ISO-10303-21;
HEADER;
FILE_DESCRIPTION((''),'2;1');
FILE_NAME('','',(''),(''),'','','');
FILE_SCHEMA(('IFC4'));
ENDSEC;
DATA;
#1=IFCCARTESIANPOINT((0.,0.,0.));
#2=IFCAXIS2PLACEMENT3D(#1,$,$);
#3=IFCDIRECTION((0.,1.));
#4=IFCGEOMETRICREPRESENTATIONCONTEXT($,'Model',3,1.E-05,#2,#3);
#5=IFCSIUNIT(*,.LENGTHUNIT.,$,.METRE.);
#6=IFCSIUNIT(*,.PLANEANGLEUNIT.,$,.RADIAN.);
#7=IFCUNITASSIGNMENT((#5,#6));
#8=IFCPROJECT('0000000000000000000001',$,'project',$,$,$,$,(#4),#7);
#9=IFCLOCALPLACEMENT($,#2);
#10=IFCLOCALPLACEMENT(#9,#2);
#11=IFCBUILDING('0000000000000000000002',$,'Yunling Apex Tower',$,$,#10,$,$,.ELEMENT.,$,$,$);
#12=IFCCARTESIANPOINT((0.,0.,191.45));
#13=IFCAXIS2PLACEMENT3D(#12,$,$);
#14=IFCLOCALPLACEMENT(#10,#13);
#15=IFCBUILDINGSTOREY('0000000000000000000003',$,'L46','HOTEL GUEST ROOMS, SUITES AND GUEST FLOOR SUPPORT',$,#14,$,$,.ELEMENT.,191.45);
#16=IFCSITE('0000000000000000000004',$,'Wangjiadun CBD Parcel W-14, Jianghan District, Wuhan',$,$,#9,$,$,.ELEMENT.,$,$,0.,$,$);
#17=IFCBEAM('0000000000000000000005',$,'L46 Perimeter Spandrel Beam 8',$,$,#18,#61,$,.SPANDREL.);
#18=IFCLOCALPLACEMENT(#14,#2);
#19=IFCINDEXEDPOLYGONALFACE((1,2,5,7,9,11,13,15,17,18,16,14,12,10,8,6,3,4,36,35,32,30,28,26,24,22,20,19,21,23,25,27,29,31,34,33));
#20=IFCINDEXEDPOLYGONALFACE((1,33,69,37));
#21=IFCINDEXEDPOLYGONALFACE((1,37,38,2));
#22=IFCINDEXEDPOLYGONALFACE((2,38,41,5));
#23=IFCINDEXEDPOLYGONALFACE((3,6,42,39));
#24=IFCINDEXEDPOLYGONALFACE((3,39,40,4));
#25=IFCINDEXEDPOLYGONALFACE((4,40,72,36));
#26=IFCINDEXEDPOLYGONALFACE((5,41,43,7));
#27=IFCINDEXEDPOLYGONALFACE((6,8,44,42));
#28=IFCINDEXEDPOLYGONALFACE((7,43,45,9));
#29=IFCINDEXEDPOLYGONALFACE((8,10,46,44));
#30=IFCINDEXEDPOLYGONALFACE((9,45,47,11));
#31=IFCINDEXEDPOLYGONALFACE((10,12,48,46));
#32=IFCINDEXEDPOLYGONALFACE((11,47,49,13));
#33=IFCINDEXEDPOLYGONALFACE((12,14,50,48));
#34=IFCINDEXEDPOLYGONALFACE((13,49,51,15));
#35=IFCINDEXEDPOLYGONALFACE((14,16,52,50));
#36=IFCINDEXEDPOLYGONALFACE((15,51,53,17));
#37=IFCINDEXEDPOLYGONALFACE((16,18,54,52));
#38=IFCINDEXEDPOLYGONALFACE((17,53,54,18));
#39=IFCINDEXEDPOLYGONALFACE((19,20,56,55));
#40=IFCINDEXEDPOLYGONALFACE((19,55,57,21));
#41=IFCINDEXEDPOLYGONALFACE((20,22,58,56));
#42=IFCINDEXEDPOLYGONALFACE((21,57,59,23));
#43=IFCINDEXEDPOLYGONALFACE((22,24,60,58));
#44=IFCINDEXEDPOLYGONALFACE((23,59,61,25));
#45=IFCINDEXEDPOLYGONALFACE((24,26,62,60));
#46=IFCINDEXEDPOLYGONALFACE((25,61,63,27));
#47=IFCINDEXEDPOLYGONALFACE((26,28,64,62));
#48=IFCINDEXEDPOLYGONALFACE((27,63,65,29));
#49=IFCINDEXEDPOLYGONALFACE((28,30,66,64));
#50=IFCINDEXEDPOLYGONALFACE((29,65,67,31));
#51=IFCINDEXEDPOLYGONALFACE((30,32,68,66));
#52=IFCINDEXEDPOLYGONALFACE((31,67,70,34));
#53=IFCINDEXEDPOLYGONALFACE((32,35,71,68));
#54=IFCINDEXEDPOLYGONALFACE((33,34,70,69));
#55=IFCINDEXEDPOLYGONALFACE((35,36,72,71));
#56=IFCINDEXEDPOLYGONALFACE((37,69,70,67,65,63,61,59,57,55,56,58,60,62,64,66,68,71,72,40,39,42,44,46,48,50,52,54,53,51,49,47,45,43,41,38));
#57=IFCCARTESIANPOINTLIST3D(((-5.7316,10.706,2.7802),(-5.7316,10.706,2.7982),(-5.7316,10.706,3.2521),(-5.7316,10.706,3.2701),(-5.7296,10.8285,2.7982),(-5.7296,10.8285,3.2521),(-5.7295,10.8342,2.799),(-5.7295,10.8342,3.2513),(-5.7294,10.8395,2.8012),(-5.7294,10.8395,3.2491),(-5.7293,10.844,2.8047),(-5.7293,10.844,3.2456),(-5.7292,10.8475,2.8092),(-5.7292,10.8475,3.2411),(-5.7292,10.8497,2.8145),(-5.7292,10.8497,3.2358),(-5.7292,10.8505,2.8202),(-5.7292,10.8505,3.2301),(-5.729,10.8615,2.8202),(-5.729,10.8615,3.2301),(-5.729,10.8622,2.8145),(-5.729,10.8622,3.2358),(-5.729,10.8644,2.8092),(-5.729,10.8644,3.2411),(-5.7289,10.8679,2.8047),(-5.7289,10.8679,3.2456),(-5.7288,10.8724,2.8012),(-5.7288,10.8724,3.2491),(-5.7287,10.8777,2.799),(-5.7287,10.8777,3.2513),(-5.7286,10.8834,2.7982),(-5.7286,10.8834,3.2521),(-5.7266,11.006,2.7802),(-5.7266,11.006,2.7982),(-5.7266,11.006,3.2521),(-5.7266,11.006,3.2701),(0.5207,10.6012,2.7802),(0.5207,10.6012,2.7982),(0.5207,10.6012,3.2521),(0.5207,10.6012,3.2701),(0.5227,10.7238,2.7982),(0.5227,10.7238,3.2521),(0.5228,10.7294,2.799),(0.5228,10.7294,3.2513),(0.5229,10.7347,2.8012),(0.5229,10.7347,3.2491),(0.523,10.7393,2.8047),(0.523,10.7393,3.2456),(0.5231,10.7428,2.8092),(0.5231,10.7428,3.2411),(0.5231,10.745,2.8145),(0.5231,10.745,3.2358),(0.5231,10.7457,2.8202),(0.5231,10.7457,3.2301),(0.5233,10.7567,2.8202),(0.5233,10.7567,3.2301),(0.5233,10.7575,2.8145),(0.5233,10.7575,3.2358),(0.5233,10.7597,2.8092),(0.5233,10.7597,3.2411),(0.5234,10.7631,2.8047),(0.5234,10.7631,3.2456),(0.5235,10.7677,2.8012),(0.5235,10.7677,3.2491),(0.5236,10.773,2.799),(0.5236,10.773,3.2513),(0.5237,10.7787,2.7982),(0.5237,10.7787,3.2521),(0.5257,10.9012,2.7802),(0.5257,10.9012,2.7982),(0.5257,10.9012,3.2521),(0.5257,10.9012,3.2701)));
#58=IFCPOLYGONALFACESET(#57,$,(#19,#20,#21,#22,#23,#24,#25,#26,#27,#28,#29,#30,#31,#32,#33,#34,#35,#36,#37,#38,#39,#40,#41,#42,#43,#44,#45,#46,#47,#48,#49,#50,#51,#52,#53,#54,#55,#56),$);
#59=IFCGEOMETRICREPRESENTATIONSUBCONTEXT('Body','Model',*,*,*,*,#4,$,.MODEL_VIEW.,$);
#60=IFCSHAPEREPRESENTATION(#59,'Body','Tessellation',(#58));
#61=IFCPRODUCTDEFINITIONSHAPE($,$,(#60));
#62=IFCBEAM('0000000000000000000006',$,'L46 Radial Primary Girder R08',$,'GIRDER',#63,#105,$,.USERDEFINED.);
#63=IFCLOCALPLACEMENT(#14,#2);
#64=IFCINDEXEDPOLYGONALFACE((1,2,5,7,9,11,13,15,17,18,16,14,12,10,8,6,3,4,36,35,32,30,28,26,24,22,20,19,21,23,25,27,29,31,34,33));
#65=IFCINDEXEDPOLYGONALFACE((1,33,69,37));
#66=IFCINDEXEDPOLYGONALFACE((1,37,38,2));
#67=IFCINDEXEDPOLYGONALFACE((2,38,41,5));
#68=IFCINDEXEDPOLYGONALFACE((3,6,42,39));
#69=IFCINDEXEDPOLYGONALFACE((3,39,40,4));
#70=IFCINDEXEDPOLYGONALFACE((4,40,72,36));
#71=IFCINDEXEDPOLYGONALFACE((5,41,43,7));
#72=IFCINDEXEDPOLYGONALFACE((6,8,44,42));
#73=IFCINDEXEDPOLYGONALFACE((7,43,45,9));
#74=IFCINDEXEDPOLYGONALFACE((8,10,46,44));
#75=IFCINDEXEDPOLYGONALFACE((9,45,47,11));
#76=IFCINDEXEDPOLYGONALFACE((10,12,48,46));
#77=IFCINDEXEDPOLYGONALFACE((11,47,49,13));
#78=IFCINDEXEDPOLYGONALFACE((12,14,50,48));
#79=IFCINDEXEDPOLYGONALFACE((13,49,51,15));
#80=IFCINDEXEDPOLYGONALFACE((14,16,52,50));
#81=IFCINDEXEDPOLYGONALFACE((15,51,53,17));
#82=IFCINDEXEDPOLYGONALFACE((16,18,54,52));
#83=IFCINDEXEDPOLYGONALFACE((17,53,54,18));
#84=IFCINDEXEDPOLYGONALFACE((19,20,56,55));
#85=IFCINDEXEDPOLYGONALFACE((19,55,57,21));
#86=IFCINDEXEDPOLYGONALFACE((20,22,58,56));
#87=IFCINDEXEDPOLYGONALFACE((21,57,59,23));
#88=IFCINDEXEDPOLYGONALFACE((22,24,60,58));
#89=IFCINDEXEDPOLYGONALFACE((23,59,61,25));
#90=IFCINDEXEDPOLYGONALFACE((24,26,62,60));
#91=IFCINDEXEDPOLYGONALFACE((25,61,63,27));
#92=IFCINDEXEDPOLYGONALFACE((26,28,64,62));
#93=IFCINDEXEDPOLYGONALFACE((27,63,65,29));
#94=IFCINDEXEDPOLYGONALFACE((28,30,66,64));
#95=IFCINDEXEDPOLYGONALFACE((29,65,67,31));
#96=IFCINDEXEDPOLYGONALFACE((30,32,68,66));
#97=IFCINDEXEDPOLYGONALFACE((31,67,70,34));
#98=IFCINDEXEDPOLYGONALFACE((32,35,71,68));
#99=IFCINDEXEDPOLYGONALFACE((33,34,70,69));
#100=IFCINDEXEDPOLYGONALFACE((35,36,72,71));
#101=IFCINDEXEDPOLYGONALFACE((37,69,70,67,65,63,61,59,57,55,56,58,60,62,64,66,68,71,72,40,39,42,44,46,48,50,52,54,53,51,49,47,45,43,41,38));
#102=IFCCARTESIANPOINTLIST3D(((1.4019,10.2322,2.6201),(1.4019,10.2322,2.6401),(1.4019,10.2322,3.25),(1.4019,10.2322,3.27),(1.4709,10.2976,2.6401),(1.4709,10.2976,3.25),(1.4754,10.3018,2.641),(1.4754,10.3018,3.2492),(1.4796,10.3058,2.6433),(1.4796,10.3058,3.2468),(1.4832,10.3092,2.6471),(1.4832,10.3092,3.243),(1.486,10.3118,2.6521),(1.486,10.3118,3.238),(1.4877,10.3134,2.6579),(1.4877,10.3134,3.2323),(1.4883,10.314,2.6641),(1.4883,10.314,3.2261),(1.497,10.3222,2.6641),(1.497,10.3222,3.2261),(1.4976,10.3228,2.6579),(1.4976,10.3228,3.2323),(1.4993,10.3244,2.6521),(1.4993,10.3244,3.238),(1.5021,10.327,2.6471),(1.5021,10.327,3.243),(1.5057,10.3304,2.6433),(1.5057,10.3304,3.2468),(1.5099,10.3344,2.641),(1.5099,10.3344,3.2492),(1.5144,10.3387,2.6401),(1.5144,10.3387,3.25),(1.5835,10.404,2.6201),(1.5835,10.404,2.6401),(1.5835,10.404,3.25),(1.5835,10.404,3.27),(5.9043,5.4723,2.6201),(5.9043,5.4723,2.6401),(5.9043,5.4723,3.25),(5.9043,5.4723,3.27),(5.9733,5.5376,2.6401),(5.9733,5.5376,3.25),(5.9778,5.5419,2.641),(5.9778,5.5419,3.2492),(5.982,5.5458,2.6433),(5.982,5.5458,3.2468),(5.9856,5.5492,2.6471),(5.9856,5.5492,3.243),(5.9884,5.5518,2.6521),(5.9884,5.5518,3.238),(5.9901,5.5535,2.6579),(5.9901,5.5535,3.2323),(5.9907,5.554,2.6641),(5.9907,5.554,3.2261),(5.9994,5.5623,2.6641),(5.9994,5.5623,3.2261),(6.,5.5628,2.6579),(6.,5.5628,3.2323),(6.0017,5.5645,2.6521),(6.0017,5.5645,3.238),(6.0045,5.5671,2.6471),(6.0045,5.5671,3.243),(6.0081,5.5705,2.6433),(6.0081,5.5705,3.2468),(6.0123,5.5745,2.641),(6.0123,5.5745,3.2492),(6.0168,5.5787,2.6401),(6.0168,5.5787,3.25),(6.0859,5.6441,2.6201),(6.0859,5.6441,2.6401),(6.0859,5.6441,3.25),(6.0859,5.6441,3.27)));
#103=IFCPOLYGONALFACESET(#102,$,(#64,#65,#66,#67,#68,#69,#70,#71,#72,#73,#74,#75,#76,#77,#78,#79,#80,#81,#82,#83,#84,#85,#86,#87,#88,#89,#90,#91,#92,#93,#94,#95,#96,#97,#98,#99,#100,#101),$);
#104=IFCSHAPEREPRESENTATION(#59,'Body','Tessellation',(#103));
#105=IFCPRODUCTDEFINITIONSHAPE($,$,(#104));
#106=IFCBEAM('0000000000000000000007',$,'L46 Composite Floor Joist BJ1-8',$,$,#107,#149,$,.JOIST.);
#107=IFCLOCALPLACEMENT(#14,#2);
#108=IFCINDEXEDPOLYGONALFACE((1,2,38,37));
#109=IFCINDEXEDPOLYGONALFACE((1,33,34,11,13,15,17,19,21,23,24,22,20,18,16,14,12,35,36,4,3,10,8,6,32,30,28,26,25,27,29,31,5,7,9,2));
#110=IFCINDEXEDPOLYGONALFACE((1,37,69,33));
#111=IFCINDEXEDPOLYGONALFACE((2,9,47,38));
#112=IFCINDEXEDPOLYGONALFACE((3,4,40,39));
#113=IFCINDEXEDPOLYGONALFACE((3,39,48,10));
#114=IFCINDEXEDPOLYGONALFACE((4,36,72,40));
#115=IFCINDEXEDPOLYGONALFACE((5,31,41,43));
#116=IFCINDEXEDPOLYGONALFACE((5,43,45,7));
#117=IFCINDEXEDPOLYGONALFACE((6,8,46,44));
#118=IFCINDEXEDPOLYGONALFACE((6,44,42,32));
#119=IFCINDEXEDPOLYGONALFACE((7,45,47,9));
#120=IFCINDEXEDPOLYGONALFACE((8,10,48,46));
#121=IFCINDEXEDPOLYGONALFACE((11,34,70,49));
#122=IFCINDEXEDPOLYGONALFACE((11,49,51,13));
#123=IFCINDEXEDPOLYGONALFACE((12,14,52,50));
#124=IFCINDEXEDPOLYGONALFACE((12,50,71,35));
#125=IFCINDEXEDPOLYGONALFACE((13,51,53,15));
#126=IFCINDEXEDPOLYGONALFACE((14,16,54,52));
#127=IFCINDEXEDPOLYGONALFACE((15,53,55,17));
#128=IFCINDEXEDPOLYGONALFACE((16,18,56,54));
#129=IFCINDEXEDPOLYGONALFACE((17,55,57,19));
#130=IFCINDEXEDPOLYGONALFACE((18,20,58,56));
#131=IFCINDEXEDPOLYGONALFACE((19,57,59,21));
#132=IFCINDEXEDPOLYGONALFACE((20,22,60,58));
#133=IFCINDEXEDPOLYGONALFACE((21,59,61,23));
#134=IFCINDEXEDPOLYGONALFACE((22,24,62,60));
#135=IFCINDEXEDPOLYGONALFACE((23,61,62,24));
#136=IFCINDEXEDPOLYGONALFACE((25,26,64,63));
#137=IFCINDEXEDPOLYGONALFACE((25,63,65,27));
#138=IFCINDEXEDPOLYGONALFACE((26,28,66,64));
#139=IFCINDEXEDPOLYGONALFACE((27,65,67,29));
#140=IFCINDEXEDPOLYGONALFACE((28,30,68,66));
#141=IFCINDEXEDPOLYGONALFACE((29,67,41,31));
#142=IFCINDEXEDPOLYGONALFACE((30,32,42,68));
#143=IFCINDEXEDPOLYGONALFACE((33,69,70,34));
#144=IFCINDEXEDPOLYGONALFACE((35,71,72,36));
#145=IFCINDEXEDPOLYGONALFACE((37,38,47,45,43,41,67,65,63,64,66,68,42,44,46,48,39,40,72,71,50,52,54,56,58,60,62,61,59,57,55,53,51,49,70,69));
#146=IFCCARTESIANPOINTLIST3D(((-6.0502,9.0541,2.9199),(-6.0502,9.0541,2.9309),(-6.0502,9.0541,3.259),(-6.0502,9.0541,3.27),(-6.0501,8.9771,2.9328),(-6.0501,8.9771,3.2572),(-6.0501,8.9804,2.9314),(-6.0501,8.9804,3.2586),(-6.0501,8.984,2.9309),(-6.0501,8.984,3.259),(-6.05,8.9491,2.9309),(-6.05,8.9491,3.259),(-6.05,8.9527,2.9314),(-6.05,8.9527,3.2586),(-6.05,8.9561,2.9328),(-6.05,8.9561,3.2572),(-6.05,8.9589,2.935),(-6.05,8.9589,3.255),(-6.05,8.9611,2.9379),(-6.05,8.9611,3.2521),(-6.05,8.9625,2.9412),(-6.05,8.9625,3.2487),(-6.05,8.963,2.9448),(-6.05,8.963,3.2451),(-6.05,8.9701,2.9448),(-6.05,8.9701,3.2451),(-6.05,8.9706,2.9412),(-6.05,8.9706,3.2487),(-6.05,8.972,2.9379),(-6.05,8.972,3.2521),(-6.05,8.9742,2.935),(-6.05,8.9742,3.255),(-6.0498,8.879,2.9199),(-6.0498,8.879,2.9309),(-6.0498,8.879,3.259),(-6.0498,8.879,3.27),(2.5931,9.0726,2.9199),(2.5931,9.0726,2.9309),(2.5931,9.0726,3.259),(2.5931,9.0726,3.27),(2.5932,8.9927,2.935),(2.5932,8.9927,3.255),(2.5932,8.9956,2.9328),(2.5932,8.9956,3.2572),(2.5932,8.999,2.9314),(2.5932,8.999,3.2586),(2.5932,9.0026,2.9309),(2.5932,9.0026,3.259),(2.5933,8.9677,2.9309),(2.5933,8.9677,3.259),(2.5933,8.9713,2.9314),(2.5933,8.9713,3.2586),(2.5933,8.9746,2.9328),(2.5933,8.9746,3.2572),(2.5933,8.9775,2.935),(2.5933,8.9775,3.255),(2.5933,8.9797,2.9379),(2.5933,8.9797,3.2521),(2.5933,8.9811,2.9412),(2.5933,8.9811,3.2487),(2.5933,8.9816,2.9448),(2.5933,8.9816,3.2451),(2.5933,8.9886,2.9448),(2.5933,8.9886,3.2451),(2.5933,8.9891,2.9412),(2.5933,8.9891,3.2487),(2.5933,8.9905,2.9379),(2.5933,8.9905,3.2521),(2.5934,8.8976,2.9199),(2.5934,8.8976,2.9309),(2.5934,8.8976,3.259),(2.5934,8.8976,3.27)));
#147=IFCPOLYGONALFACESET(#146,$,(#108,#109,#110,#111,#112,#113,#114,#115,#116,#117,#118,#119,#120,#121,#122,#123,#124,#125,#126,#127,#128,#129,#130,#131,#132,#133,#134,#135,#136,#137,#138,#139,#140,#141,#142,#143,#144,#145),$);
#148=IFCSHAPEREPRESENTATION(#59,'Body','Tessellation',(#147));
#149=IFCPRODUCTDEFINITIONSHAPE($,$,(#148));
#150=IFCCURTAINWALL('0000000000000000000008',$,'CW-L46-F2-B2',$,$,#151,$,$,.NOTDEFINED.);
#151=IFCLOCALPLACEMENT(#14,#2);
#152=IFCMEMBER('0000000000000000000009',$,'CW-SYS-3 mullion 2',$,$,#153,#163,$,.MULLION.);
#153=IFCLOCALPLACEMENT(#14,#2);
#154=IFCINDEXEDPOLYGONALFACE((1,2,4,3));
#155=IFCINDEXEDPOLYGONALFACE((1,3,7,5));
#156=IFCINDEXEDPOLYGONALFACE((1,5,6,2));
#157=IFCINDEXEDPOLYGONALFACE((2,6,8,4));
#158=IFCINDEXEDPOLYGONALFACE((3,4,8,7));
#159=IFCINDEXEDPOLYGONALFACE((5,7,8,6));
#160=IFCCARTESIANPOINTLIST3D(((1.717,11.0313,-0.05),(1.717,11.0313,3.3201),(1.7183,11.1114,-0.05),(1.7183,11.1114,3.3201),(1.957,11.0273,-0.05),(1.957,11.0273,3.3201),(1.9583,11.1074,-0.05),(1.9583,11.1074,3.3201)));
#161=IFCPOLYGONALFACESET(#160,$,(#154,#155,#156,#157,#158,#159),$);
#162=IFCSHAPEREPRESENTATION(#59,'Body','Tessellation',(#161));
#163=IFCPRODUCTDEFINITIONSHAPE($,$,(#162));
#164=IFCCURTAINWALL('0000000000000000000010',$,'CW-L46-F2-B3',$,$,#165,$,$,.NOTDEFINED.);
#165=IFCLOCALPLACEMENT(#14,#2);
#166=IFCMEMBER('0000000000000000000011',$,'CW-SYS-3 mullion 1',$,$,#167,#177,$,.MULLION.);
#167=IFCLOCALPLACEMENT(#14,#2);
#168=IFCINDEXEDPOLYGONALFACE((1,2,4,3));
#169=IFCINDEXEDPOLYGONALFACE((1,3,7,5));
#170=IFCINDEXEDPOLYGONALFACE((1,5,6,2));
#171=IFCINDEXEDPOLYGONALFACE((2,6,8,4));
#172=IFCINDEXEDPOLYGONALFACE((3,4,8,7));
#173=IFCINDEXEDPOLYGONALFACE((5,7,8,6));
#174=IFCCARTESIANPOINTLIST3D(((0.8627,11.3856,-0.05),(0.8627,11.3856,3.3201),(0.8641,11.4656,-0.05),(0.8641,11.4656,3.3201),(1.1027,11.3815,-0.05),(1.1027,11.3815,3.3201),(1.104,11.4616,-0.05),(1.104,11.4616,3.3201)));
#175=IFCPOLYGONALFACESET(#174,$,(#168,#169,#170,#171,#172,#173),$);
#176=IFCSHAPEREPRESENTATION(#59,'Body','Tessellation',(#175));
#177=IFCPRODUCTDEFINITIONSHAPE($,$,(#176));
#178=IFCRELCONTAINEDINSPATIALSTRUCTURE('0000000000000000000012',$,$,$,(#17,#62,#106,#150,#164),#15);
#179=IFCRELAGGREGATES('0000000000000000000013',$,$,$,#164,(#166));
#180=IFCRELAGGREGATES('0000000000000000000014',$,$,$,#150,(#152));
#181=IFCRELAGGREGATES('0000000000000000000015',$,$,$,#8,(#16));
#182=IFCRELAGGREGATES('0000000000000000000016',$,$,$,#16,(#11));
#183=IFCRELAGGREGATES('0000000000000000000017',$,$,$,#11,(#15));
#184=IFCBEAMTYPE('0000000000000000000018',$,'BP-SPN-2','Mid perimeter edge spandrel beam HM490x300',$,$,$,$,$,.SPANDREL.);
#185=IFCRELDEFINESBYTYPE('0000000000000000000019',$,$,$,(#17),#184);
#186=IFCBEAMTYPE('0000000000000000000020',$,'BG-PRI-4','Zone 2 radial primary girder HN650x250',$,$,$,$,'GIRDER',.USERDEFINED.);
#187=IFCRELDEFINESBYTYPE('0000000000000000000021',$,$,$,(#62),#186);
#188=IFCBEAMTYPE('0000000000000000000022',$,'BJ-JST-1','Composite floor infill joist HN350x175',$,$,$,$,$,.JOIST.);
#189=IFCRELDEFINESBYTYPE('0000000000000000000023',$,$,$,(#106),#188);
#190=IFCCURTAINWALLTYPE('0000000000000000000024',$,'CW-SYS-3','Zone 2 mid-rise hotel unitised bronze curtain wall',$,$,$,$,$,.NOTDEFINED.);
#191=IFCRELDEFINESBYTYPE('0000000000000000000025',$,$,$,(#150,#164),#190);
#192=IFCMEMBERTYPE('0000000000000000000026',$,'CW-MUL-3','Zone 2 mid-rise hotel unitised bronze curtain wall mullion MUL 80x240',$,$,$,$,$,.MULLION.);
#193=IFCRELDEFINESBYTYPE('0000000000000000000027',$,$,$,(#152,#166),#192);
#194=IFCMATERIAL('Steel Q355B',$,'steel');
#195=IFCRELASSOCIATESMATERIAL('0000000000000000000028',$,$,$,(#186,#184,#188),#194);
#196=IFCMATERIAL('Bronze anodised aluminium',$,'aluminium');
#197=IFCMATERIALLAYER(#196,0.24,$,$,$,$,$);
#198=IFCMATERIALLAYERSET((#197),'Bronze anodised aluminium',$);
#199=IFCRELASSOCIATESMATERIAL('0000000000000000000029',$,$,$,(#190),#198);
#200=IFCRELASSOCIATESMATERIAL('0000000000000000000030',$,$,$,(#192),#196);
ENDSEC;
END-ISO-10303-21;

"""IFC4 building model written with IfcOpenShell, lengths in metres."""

from ifc_helpers import new_model, si_unit, direction, frame, origin, origin_2d, place, context, subcontext, project, spatial, rectangle, i_section, extrude, source, transform, mapped, material, layer, layer_set, material_profile, profile_set, type_object, element, aggregate, save


model = new_model("IFC4")

# Units and contexts
model_context = context("Model", 3, precision=1e-05, world=origin(), true_north=direction((0.0, 1.0)))
body_context = subcontext(model_context, "Body", "Model", "MODEL_VIEW")
ifc_project = project(units=[si_unit("LENGTHUNIT", "METRE"), si_unit("PLANEANGLEUNIT", "RADIAN")], contexts=[model_context])

# Site, building, storey
site_placement = place(None, origin())
site = spatial("IfcSite", under=ifc_project, at=site_placement, Name="Wangjiadun CBD Parcel W-14, Jianghan District, Wuhan", CompositionType="ELEMENT", RefElevation=0.0)
building_placement = place(site_placement, origin())
building = spatial("IfcBuilding", under=site, at=building_placement, Name="Yunling Apex Tower", CompositionType="ELEMENT")
storey_placement = place(building_placement, frame((0.0, 0.0, 191.45)))
storey = spatial("IfcBuildingStorey", under=building, at=storey_placement, Name="L46", Description="HOTEL GUEST ROOMS, SUITES AND GUEST FLOOR SUPPORT", CompositionType="ELEMENT", Elevation=191.45)

# Beams
ifc_material_1 = material(Name="Steel Q355B", Category="steel")
ifc_material_profile_1 = material_profile(ifc_material_1, i_section(OverallWidth=0.25, OverallDepth=0.6499, WebThickness=0.012, FlangeThickness=0.02, FilletRadius=0.0239, at=origin_2d()))
ifc_profile_set_1 = profile_set([ifc_material_profile_1], Name="Steel Q355B")
beam_type_1 = type_object("IfcBeamType", Name="BG-PRI-4", Description="Zone 2 radial primary girder HN650x250", ElementType="GIRDER", PredefinedType="USERDEFINED", material=ifc_profile_set_1)
ifc_material_profile_2 = material_profile(ifc_material_1, i_section(OverallWidth=0.3, OverallDepth=0.49, WebThickness=0.011, FlangeThickness=0.0181, FilletRadius=0.022, at=origin_2d()))
ifc_profile_set_2 = profile_set([ifc_material_profile_2], Name="Steel Q355B")
beam_type_2 = type_object("IfcBeamType", Name="BP-SPN-2", Description="Mid perimeter edge spandrel beam HM490x300", PredefinedType="SPANDREL", material=ifc_profile_set_2)
shared_shape_1 = source(origin(), body_context, "Body", "SweptSolid", [
    extrude(i_section(OverallWidth=0.3, OverallDepth=0.49, WebThickness=0.011, FlangeThickness=0.0181, FilletRadius=0.022, at=origin_2d()), origin(), (0.0, 0.0, 1.0), 6.2532),
])
beam_1_placement = place(storey_placement, frame((0.5232, 10.7512, 3.0251), z_axis=(-0.99986, 0.01675, 0.0), x_axis=(-0.01675, -0.99986, 0.0)))
element("IfcBeam", 1, at=beam_1_placement, inside=storey, type_object=beam_type_2, Name="L46 Perimeter Spandrel Beam 8", PredefinedType="SPANDREL", context=body_context, shape_type="MappedRepresentation", body=[
    mapped(shared_shape_1, transform((0.0, 0.0, 0.0), scale=1.0)),
])
shared_shape_2 = source(origin(), body_context, "Body", "SweptSolid", [
    extrude(i_section(OverallWidth=0.25, OverallDepth=0.6499, WebThickness=0.012, FlangeThickness=0.02, FilletRadius=0.0239, at=origin_2d()), origin(), (0.0, 0.0, 1.0), 6.552),
])
beam_2_placement = place(storey_placement, frame((1.4927, 10.3181, 2.9451), z_axis=(0.687178, -0.726489, 0.0), x_axis=(0.726489, 0.687178, 0.0)))
element("IfcBeam", 2, at=beam_2_placement, inside=storey, type_object=beam_type_1, Name="L46 Radial Primary Girder R08", ObjectType="GIRDER", PredefinedType="USERDEFINED", context=body_context, shape_type="MappedRepresentation", body=[
    mapped(shared_shape_2, transform((0.0, 0.0, 0.0), scale=1.0)),
])
ifc_material_profile_3 = material_profile(ifc_material_1, i_section(OverallWidth=0.175, OverallDepth=0.3501, WebThickness=0.0071, FlangeThickness=0.011, FilletRadius=0.0139, at=origin_2d()))
ifc_profile_set_3 = profile_set([ifc_material_profile_3], Name="Steel Q355B")
beam_type_3 = type_object("IfcBeamType", Name="BJ-JST-1", Description="Composite floor infill joist HN350x175", PredefinedType="JOIST", material=ifc_profile_set_3)
shared_shape_3 = source(origin(), body_context, "Body", "SweptSolid", [
    extrude(i_section(OverallWidth=0.175, OverallDepth=0.3501, WebThickness=0.0071, FlangeThickness=0.011, FilletRadius=0.0139, at=origin_2d()), origin(), (0.0, 0.0, 1.0), 8.6433),
])
beam_3_placement = place(storey_placement, frame((2.5933, 8.9851, 3.095), z_axis=(-0.999998, -0.002147, 0.0), x_axis=(0.002147, -0.999998, 0.0)))
element("IfcBeam", 3, at=beam_3_placement, inside=storey, type_object=beam_type_3, Name="L46 Composite Floor Joist BJ1-8", PredefinedType="JOIST", context=body_context, shape_type="MappedRepresentation", body=[
    mapped(shared_shape_3, transform((0.0, 0.0, 0.0), scale=1.0)),
])

# Curtain wall, member
ifc_material_2 = material(Name="Bronze anodised aluminium", Category="aluminium")
ifc_layer_1 = layer(ifc_material_2, 0.24)
ifc_layer_set_1 = layer_set([ifc_layer_1], Name="Bronze anodised aluminium")
curtain_wall_type = type_object("IfcCurtainWallType", Name="CW-SYS-3", Description="Zone 2 mid-rise hotel unitised bronze curtain wall", PredefinedType="NOTDEFINED", material=ifc_layer_set_1)
curtain_wall_1_placement = place(storey_placement, origin())
curtain_wall_1 = element("IfcCurtainWall", 4, at=curtain_wall_1_placement, inside=storey, type_object=curtain_wall_type, Name="CW-L46-F2-B2", PredefinedType="NOTDEFINED")
ifc_material_profile_4 = material_profile(ifc_material_2, rectangle(XDim=0.0801, YDim=0.24, at=origin_2d()))
ifc_profile_set_4 = profile_set([ifc_material_profile_4], Name="Bronze anodised aluminium")
member_type_1 = type_object("IfcMemberType", Name="CW-MUL-3", Description="Zone 2 mid-rise hotel unitised bronze curtain wall mullion MUL 80x240", PredefinedType="MULLION", material=ifc_profile_set_4)
shared_shape_4 = source(origin(), body_context, "Body", "SweptSolid", [
    extrude(rectangle(XDim=0.0801, YDim=0.24, at=origin_2d()), origin(), (0.0, 0.0, 1.0), 3.3701),
])
member_1_placement = place(storey_placement, frame((1.8376, 11.0693, -0.05), z_axis=(0.0, 0.0, 1.0), x_axis=(-0.016759, -0.99986, 0.0)))
member_1 = element("IfcMember", 5, at=member_1_placement, type_object=member_type_1, Name="CW-SYS-3 mullion 2", PredefinedType="MULLION", context=body_context, shape_type="MappedRepresentation", body=[
    mapped(shared_shape_4, transform((0.0, 0.0, 0.0), scale=1.0)),
])

# Curtain wall, member
curtain_wall_2_placement = place(storey_placement, origin())
curtain_wall_2 = element("IfcCurtainWall", 6, at=curtain_wall_2_placement, inside=storey, type_object=curtain_wall_type, Name="CW-L46-F2-B3", PredefinedType="NOTDEFINED")
member_2_placement = place(storey_placement, frame((0.9834, 11.4236, -0.05), z_axis=(0.0, 0.0, 1.0), x_axis=(-0.016747, -0.99986, 0.0)))
member_2 = element("IfcMember", 7, at=member_2_placement, type_object=member_type_1, Name="CW-SYS-3 mullion 1", PredefinedType="MULLION", context=body_context, shape_type="MappedRepresentation", body=[
    mapped(shared_shape_4, transform((0.0, 0.0, 0.0), scale=1.0)),
])
aggregate(curtain_wall_2, [member_2])

aggregate(curtain_wall_1, [member_1])

save(model, "model.ifc")
